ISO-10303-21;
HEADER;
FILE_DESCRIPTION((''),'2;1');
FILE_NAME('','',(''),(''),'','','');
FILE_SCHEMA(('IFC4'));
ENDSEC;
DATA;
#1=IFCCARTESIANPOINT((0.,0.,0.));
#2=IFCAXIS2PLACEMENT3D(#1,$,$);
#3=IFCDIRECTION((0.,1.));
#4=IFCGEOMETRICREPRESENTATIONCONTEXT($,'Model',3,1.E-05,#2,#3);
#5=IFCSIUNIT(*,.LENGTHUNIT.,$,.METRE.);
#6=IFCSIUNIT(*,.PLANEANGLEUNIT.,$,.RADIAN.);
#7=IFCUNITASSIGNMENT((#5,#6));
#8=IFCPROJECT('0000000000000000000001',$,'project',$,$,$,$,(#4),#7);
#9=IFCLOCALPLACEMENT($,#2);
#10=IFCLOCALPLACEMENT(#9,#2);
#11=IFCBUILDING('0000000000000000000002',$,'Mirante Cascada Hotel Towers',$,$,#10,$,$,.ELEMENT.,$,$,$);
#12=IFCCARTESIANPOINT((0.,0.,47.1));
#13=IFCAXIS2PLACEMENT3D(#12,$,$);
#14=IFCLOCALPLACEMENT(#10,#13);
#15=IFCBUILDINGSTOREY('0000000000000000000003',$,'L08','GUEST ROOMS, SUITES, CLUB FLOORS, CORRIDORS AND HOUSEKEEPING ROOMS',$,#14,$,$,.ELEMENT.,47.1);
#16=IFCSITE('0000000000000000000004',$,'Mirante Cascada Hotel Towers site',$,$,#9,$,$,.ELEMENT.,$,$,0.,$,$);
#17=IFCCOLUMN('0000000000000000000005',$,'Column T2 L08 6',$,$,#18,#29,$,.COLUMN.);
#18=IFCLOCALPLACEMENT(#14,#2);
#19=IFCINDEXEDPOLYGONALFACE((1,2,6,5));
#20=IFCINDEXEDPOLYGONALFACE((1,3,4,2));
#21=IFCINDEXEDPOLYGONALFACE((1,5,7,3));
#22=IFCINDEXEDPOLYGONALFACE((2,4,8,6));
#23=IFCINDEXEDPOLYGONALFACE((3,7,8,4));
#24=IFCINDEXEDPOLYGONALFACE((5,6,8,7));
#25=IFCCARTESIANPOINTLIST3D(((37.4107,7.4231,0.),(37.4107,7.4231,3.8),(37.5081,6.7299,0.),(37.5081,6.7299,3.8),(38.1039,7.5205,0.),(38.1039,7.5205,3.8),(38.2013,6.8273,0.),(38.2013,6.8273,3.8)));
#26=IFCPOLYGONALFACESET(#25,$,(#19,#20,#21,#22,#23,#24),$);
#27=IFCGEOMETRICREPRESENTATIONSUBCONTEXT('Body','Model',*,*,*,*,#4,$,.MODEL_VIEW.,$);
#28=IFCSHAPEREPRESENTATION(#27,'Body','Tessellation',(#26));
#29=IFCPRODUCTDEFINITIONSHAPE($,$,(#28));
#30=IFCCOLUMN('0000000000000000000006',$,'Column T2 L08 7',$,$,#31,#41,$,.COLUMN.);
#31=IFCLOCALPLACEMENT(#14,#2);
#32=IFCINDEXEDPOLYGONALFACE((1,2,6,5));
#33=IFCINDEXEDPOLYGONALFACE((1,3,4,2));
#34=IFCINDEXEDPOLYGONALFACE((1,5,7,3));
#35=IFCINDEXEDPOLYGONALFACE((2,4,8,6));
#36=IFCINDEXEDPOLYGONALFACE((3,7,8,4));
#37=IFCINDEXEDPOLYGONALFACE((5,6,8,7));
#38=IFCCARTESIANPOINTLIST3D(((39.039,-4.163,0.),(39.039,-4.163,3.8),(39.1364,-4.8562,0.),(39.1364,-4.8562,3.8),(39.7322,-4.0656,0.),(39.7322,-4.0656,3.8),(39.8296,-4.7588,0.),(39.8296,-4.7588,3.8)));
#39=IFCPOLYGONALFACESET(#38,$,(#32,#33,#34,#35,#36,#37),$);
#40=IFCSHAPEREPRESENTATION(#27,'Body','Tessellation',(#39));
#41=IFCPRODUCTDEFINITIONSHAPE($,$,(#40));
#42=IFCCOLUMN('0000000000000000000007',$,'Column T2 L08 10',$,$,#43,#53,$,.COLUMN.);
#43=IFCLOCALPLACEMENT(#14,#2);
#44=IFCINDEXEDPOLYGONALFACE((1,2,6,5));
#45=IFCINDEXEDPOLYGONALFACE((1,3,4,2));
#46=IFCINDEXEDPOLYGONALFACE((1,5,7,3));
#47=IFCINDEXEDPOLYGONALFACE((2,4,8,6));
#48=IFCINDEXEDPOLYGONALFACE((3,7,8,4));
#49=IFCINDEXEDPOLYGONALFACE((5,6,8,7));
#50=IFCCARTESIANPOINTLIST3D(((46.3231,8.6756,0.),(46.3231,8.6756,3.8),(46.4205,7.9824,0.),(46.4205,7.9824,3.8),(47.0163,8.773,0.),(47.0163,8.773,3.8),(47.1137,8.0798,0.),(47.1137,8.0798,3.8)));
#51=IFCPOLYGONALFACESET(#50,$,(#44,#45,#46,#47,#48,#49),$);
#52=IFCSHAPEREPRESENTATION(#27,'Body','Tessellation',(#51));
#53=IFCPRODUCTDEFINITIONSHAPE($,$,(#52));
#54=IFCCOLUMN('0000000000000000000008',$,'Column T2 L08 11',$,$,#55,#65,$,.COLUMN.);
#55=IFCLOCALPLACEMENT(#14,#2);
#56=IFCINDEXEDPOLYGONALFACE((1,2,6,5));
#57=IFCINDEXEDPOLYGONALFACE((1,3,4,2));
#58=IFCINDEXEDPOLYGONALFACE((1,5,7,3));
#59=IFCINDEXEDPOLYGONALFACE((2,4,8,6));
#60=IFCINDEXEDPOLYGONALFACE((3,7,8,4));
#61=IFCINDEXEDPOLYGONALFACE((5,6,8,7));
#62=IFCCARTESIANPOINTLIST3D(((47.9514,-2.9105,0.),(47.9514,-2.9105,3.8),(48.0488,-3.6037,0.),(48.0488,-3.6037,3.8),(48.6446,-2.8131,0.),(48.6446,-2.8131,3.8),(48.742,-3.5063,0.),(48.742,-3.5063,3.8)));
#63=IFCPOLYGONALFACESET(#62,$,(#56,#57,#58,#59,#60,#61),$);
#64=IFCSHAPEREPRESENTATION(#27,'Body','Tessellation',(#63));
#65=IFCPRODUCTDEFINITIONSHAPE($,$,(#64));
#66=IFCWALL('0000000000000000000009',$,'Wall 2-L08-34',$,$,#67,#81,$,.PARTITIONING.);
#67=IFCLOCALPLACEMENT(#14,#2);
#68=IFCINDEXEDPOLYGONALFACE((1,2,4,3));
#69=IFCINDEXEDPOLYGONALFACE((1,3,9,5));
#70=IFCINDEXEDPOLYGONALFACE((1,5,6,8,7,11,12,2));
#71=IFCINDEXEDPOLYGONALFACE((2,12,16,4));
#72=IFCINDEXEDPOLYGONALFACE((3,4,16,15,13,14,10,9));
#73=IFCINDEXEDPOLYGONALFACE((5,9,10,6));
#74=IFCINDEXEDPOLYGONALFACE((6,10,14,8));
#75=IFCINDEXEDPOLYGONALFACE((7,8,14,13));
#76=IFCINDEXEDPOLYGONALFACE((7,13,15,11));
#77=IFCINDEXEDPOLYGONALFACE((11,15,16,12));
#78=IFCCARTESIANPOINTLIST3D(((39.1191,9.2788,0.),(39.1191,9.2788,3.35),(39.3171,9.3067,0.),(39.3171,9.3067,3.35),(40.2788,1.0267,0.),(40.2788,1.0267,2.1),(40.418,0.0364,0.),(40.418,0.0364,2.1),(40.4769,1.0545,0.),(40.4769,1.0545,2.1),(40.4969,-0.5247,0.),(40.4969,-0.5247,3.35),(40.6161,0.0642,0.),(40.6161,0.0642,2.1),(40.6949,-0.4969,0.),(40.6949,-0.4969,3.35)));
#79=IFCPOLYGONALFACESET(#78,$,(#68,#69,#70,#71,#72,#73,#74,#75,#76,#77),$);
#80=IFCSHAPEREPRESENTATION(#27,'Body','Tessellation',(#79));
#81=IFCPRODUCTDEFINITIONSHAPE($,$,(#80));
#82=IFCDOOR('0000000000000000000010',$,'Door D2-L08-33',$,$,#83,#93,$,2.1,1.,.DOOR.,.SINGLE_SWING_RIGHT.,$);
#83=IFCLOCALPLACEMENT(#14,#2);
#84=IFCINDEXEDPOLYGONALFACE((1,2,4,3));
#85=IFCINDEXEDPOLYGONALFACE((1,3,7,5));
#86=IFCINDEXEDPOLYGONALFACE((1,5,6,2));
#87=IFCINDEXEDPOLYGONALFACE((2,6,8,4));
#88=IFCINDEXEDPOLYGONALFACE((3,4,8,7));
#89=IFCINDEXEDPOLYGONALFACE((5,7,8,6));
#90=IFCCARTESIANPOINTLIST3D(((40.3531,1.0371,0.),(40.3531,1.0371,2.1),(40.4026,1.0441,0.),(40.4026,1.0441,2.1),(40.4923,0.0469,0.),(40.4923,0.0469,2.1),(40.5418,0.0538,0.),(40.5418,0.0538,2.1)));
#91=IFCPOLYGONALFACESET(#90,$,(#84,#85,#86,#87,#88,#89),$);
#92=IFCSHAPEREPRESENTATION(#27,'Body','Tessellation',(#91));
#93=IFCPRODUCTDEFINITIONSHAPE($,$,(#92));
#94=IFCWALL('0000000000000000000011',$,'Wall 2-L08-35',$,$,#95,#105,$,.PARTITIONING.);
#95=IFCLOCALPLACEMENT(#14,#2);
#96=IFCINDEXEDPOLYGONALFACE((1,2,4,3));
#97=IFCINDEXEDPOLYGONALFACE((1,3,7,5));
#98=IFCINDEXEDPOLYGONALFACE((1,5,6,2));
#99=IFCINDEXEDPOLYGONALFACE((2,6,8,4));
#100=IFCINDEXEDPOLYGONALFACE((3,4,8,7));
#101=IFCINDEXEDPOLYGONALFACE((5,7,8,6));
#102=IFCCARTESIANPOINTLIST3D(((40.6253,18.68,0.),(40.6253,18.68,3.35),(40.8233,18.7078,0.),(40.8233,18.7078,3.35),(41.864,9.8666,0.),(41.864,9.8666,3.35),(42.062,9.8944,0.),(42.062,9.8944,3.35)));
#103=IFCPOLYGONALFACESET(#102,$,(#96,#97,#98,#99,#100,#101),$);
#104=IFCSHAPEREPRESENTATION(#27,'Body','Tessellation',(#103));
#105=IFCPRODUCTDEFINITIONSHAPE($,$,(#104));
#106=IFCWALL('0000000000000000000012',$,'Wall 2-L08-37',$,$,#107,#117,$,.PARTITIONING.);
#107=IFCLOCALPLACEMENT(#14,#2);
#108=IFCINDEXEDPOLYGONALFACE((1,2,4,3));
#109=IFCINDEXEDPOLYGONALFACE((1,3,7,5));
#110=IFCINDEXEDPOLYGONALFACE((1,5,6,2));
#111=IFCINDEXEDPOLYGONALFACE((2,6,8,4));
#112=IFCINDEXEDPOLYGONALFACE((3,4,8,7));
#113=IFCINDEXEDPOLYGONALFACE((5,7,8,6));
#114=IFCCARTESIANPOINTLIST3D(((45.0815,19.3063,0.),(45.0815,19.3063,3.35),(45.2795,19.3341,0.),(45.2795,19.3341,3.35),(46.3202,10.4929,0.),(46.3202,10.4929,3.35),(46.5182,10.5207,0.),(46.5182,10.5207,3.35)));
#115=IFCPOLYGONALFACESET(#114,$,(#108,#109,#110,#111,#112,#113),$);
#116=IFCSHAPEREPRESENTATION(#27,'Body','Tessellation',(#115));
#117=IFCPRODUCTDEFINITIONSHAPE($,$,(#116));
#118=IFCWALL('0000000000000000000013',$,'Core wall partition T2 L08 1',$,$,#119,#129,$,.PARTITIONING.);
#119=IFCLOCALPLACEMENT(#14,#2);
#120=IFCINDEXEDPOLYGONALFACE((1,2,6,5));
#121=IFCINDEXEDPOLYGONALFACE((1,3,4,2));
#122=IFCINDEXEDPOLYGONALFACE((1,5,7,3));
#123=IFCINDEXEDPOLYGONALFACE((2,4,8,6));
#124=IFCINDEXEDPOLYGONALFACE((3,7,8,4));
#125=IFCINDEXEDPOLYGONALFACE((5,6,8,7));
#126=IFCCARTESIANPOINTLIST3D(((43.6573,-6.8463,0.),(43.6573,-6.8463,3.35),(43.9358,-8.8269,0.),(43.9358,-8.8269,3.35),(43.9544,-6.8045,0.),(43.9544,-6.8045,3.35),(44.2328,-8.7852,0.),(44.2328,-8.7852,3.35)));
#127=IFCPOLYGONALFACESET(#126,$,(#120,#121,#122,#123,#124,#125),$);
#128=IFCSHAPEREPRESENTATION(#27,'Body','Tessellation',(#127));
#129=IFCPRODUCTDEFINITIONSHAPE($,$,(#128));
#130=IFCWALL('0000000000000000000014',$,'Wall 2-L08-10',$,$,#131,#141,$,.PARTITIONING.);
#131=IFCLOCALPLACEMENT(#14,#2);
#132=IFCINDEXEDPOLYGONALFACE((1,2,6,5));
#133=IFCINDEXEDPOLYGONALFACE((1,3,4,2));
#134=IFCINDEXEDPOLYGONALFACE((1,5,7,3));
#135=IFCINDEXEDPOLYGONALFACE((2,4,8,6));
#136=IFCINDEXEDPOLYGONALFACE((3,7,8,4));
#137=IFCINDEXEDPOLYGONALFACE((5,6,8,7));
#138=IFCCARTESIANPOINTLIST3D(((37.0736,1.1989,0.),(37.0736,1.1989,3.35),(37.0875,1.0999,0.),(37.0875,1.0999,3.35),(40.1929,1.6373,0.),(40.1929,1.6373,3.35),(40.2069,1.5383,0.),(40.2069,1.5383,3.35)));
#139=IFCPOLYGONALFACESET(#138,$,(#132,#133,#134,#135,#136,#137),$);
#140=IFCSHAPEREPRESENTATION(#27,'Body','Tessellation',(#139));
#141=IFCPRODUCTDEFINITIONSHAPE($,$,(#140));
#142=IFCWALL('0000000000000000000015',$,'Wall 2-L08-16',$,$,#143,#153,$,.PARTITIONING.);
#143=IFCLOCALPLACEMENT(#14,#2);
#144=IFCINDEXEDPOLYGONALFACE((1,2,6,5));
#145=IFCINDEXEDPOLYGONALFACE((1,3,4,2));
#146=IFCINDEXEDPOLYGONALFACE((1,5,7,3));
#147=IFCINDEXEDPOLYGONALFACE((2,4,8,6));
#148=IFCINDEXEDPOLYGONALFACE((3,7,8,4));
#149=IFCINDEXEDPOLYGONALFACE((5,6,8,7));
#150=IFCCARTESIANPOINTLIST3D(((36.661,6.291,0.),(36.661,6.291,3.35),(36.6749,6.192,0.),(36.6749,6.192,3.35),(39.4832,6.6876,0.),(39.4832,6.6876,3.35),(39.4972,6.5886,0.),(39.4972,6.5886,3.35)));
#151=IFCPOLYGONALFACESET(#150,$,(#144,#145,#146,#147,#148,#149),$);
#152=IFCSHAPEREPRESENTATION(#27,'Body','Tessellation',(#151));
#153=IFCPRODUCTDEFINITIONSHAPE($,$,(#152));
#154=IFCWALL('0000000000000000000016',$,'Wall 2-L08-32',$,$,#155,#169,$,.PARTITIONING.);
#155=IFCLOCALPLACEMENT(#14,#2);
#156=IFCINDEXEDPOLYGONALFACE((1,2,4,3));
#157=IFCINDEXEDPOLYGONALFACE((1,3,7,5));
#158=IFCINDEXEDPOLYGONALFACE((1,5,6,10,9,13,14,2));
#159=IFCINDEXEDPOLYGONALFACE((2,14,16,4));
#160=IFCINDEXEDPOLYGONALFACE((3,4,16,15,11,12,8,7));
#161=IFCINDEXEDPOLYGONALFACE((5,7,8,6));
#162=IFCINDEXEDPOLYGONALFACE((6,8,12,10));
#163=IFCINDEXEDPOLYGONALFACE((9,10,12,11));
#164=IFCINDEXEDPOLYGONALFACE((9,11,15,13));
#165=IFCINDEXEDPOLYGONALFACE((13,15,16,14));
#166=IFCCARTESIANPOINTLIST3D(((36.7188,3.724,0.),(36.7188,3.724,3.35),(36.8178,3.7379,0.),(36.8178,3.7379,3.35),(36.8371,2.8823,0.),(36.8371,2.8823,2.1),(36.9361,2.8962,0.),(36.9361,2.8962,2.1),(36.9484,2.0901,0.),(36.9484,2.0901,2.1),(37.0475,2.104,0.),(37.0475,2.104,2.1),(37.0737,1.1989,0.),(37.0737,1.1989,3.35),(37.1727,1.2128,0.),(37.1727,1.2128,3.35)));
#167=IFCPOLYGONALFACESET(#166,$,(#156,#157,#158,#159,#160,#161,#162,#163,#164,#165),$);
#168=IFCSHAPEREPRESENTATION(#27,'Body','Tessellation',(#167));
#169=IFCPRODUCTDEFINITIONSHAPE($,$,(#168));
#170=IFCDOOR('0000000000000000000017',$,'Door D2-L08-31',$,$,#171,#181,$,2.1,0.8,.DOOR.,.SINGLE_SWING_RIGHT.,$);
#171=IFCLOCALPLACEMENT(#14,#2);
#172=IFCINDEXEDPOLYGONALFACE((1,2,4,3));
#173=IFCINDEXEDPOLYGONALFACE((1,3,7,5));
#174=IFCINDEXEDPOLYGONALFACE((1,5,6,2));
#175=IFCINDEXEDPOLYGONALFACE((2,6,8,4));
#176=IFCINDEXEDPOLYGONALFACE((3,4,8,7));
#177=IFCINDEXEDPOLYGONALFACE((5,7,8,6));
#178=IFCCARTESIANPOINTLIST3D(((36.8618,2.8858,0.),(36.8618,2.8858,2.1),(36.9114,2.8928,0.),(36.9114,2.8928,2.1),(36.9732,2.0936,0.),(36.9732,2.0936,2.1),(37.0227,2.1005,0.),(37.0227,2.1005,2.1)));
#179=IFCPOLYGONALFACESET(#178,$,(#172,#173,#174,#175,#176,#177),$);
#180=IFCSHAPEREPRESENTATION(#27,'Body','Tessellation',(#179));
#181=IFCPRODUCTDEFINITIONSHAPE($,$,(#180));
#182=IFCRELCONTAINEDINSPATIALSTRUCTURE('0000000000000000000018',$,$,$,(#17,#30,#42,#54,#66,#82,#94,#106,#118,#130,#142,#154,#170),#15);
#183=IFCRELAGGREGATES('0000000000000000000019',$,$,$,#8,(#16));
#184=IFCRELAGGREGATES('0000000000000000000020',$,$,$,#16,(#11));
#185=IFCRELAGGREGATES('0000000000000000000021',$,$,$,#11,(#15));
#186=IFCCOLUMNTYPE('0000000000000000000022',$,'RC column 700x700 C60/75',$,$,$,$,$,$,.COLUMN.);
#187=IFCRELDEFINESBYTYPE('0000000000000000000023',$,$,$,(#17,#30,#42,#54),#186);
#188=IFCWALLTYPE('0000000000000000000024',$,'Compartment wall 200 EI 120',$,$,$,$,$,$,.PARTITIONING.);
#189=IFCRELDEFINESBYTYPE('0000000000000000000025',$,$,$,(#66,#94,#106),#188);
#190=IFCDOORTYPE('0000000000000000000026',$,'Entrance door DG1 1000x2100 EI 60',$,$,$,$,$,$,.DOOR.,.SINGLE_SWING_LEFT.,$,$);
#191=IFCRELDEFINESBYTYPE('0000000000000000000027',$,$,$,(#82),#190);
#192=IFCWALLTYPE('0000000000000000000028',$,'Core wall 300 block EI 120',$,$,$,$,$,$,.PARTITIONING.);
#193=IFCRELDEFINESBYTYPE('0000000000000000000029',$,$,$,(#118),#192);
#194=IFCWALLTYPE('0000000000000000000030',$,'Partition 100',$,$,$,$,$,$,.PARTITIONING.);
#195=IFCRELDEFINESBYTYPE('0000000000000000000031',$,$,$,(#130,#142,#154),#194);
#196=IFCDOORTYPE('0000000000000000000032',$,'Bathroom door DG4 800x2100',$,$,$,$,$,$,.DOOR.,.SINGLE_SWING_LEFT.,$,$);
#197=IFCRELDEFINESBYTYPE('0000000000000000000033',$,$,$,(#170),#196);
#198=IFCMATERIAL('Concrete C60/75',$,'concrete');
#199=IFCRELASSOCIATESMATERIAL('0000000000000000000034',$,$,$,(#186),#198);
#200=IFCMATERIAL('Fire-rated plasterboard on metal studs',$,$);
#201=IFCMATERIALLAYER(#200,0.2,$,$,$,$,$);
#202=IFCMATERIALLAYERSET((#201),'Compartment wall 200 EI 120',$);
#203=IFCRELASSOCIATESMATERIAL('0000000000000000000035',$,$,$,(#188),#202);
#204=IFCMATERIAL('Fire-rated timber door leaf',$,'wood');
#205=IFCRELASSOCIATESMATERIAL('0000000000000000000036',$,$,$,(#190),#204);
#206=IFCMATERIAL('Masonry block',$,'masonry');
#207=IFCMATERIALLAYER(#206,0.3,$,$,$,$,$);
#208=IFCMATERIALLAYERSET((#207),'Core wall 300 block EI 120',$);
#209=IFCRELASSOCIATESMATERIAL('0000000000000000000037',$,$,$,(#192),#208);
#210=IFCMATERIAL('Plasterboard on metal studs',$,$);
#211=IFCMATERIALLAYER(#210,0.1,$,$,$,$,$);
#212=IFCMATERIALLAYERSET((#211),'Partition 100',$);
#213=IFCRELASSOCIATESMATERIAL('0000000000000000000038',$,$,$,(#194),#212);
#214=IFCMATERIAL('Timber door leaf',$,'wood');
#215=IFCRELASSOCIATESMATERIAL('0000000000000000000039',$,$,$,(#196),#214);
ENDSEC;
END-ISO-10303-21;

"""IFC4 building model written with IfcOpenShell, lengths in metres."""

from ifc_helpers import new_model, si_unit, direction, frame, frame_2d, origin, origin_2d, place, context, subcontext, project, spatial, rectangle, extrude, material, layer, layer_set, material_profile, profile_set, type_object, element, fill, save


model = new_model("IFC4")

# Units and contexts
model_context = context("Model", 3, precision=1e-05, world=origin(), true_north=direction((0.0, 1.0)))
body_context = subcontext(model_context, "Body", "Model", "MODEL_VIEW")
ifc_project = project(units=[si_unit("LENGTHUNIT", "METRE"), si_unit("PLANEANGLEUNIT", "RADIAN")], contexts=[model_context])

# Site, building, storey
site_placement = place(None, origin())
site = spatial("IfcSite", under=ifc_project, at=site_placement, Name="Mirante Cascada Hotel Towers site", CompositionType="ELEMENT", RefElevation=0.0)
building_placement = place(site_placement, origin())
building = spatial("IfcBuilding", under=site, at=building_placement, Name="Mirante Cascada Hotel Towers", CompositionType="ELEMENT")
storey_placement = place(building_placement, frame((0.0, 0.0, 47.1)))
storey = spatial("IfcBuildingStorey", under=building, at=storey_placement, Name="L08", Description="GUEST ROOMS, SUITES, CLUB FLOORS, CORRIDORS AND HOUSEKEEPING ROOMS", CompositionType="ELEMENT", Elevation=47.1)

# Columns
ifc_material_1 = material(Name="Concrete C60/75", Category="concrete")
ifc_material_profile = material_profile(ifc_material_1, rectangle(XDim=0.7, YDim=0.7, at=origin_2d()), Name="RC column 700x700 C60/75")
ifc_profile_set = profile_set([ifc_material_profile], Name="Concrete C60/75")
column_type = type_object("IfcColumnType", Name="RC column 700x700 C60/75", PredefinedType="COLUMN", material=ifc_profile_set)
for number, where, z_axis, x_axis, name in (
    (1, (37.806, 7.1252, 0.0), (0.0, 0.0, 1.0), (0.990268, 0.139173, 0.0), "Column T2 L08 6"),
    (2, (39.4343, -4.4609, 0.0), (0.0, 0.0, 1.0), (0.990268, 0.139173, 0.0), "Column T2 L08 7"),
    (3, (46.7184, 8.3777, 0.0), (0.0, 0.0, 1.0), (0.990268, 0.139173, 0.0), "Column T2 L08 10"),
    (4, (48.3467, -3.2084, 0.0), (0.0, 0.0, 1.0), (0.990268, 0.139173, 0.0), "Column T2 L08 11"),
):
    element("IfcColumn", number, at=place(storey_placement, frame(where, z_axis=z_axis, x_axis=x_axis)), inside=storey, type_object=column_type, Name=name, PredefinedType="COLUMN", context=body_context, shape_type="SweptSolid", body=[
        extrude(rectangle(XDim=0.7, YDim=0.7, at=origin_2d()), origin(), (0.0, 0.0, 1.0), 3.8),
    ])

# Wall, opening, door
ifc_material_2 = material(Name="Fire-rated plasterboard on metal studs")
ifc_layer_1 = layer(ifc_material_2, 0.2)
ifc_layer_set_1 = layer_set([ifc_layer_1], Name="Compartment wall 200 EI 120")
wall_type_1 = type_object("IfcWallType", Name="Compartment wall 200 EI 120", PredefinedType="PARTITIONING", material=ifc_layer_set_1)
wall_1_placement = place(storey_placement, frame((39.2181, 9.2928, 0.0), z_axis=(0.0, 0.0, 1.0), x_axis=(0.139173, -0.990268, 0.0)))
wall_1 = element("IfcWall", 5, at=wall_1_placement, inside=storey, type_object=wall_type_1, Name="Wall 2-L08-34", PredefinedType="PARTITIONING", context=body_context, shape_type="SweptSolid", body=[
    extrude(rectangle(XDim=9.8999, YDim=0.2, at=frame_2d((4.95, 0.0))), origin(), (0.0, 0.0, 1.0), 3.35),
])
opening_1_placement = place(wall_1_placement, frame((8.3333, 0.0, 0.0)))
opening_1 = element("IfcOpeningElement", 6, at=opening_1_placement, cuts=wall_1, PredefinedType="OPENING", context=body_context, shape_type="SweptSolid", body=[
    extrude(rectangle(XDim=1.0, YDim=2.1, at=frame_2d((0.5, 1.05))), frame((0.0, 0.1, 0.0), z_axis=(0.0, -1.0, 0.0), x_axis=(1.0, 0.0, 0.0)), (0.0, 0.0, 1.0), 0.2),
])
ifc_material_3 = material(Name="Fire-rated timber door leaf", Category="wood")
door_type_1 = type_object("IfcDoorType", Name="Entrance door DG1 1000x2100 EI 60", OperationType="SINGLE_SWING_LEFT", PredefinedType="DOOR", material=ifc_material_3)
door_1_placement = place(opening_1_placement, frame((1.0, 0.0, 0.0), z_axis=(0.0, 0.0, 1.0), x_axis=(-1.0, 0.0, 0.0)))
door_1 = element("IfcDoor", 7, at=door_1_placement, inside=storey, type_object=door_type_1, Name="Door D2-L08-33", OperationType="SINGLE_SWING_RIGHT", OverallHeight=2.1, OverallWidth=1.0, PredefinedType="DOOR", context=body_context, shape_type="SweptSolid", body=[
    extrude(rectangle(XDim=1.0, YDim=2.1, at=frame_2d((0.5, 1.05))), frame((0.0, 0.025, 0.0), z_axis=(0.0, -1.0, 0.0), x_axis=(1.0, 0.0, 0.0)), (0.0, 0.0, 1.0), 0.05),
])
fill(opening_1, door_1)

# Walls
for number, where, z_axis, x_axis, name in (
    (8, (41.963, 9.8805, 0.0), (0.0, 0.0, 1.0), (-0.139179, 0.990267, 0.0), "Wall 2-L08-35"),
    (9, (46.4192, 10.5068, 0.0), (0.0, 0.0, 1.0), (-0.139179, 0.990267, 0.0), "Wall 2-L08-37"),
):
    element("IfcWall", number, at=place(storey_placement, frame(where, z_axis=z_axis, x_axis=x_axis)), inside=storey, type_object=wall_type_1, Name=name, PredefinedType="PARTITIONING", context=body_context, shape_type="SweptSolid", body=[
        extrude(rectangle(XDim=8.9, YDim=0.2, at=frame_2d((4.45, 0.0))), origin(), (0.0, 0.0, 1.0), 3.35),
    ])
ifc_material_4 = material(Name="Masonry block", Category="masonry")
ifc_layer_2 = layer(ifc_material_4, 0.3)
ifc_layer_set_2 = layer_set([ifc_layer_2], Name="Core wall 300 block EI 120")
wall_type_2 = type_object("IfcWallType", Name="Core wall 300 block EI 120", PredefinedType="PARTITIONING", material=ifc_layer_set_2)
wall_2_placement = place(storey_placement, frame((44.0843, -8.8061, 0.0), z_axis=(0.0, 0.0, 1.0), x_axis=(-0.139195, 0.990265, 0.0)))
element("IfcWall", 10, at=wall_2_placement, inside=storey, type_object=wall_type_2, Name="Core wall partition T2 L08 1", PredefinedType="PARTITIONING", context=body_context, shape_type="SweptSolid", body=[
    extrude(rectangle(XDim=2.0001, YDim=0.3, at=frame_2d((1.0001, 0.0))), origin(), (0.0, 0.0, 1.0), 3.35),
])
ifc_material_5 = material(Name="Plasterboard on metal studs")
ifc_layer_3 = layer(ifc_material_5, 0.1)
ifc_layer_set_3 = layer_set([ifc_layer_3], Name="Partition 100")
wall_type_3 = type_object("IfcWallType", Name="Partition 100", PredefinedType="PARTITIONING", material=ifc_layer_set_3)
wall_3_placement = place(storey_placement, frame((40.1999, 1.5878, 0.0), z_axis=(0.0, 0.0, 1.0), x_axis=(-0.990268, -0.139177, 0.0)))
element("IfcWall", 11, at=wall_3_placement, inside=storey, type_object=wall_type_3, Name="Wall 2-L08-10", PredefinedType="PARTITIONING", context=body_context, shape_type="SweptSolid", body=[
    extrude(rectangle(XDim=3.15, YDim=0.1, at=frame_2d((1.575, 0.0))), origin(), (0.0, 0.0, 1.0), 3.35),
])
wall_4_placement = place(storey_placement, frame((39.4902, 6.6381, 0.0), z_axis=(0.0, 0.0, 1.0), x_axis=(-0.99027, -0.139156, 0.0)))
element("IfcWall", 12, at=wall_4_placement, inside=storey, type_object=wall_type_3, Name="Wall 2-L08-16", PredefinedType="PARTITIONING", context=body_context, shape_type="SweptSolid", body=[
    extrude(rectangle(XDim=2.85, YDim=0.1, at=frame_2d((1.425, 0.0))), origin(), (0.0, 0.0, 1.0), 3.35),
])

# Wall, opening, door
wall_5_placement = place(storey_placement, frame((36.7683, 3.731, 0.0), z_axis=(0.0, 0.0, 1.0), x_axis=(0.139181, -0.990267, 0.0)))
wall_5 = element("IfcWall", 13, at=wall_5_placement, inside=storey, type_object=wall_type_3, Name="Wall 2-L08-32", PredefinedType="PARTITIONING", context=body_context, shape_type="SweptSolid", body=[
    extrude(rectangle(XDim=2.5499, YDim=0.1, at=frame_2d((1.275, 0.0))), origin(), (0.0, 0.0, 1.0), 3.35),
])
opening_2_placement = place(wall_5_placement, frame((0.85, 0.0, 0.0)))
opening_2 = element("IfcOpeningElement", 14, at=opening_2_placement, cuts=wall_5, PredefinedType="OPENING", context=body_context, shape_type="SweptSolid", body=[
    extrude(rectangle(XDim=0.8, YDim=2.1, at=frame_2d((0.4, 1.05))), frame((0.0, 0.05, 0.0), z_axis=(0.0, -1.0, 0.0), x_axis=(1.0, 0.0, 0.0)), (0.0, 0.0, 1.0), 0.1),
])
ifc_material_6 = material(Name="Timber door leaf", Category="wood")
door_type_2 = type_object("IfcDoorType", Name="Bathroom door DG4 800x2100", OperationType="SINGLE_SWING_LEFT", PredefinedType="DOOR", material=ifc_material_6)
door_2_placement = place(opening_2_placement, frame((0.8, 0.0, 0.0), z_axis=(0.0, 0.0, 1.0), x_axis=(-1.0, 0.0, 0.0)))
door_2 = element("IfcDoor", 15, at=door_2_placement, inside=storey, type_object=door_type_2, Name="Door D2-L08-31", OperationType="SINGLE_SWING_RIGHT", OverallHeight=2.1, OverallWidth=0.8, PredefinedType="DOOR", context=body_context, shape_type="SweptSolid", body=[
    extrude(rectangle(XDim=0.8, YDim=2.1, at=frame_2d((0.4, 1.05))), frame((0.0, 0.025, 0.0), z_axis=(0.0, -1.0, 0.0), x_axis=(1.0, 0.0, 0.0)), (0.0, 0.0, 1.0), 0.05),
])
fill(opening_2, door_2)

save(model, "model.ifc")
